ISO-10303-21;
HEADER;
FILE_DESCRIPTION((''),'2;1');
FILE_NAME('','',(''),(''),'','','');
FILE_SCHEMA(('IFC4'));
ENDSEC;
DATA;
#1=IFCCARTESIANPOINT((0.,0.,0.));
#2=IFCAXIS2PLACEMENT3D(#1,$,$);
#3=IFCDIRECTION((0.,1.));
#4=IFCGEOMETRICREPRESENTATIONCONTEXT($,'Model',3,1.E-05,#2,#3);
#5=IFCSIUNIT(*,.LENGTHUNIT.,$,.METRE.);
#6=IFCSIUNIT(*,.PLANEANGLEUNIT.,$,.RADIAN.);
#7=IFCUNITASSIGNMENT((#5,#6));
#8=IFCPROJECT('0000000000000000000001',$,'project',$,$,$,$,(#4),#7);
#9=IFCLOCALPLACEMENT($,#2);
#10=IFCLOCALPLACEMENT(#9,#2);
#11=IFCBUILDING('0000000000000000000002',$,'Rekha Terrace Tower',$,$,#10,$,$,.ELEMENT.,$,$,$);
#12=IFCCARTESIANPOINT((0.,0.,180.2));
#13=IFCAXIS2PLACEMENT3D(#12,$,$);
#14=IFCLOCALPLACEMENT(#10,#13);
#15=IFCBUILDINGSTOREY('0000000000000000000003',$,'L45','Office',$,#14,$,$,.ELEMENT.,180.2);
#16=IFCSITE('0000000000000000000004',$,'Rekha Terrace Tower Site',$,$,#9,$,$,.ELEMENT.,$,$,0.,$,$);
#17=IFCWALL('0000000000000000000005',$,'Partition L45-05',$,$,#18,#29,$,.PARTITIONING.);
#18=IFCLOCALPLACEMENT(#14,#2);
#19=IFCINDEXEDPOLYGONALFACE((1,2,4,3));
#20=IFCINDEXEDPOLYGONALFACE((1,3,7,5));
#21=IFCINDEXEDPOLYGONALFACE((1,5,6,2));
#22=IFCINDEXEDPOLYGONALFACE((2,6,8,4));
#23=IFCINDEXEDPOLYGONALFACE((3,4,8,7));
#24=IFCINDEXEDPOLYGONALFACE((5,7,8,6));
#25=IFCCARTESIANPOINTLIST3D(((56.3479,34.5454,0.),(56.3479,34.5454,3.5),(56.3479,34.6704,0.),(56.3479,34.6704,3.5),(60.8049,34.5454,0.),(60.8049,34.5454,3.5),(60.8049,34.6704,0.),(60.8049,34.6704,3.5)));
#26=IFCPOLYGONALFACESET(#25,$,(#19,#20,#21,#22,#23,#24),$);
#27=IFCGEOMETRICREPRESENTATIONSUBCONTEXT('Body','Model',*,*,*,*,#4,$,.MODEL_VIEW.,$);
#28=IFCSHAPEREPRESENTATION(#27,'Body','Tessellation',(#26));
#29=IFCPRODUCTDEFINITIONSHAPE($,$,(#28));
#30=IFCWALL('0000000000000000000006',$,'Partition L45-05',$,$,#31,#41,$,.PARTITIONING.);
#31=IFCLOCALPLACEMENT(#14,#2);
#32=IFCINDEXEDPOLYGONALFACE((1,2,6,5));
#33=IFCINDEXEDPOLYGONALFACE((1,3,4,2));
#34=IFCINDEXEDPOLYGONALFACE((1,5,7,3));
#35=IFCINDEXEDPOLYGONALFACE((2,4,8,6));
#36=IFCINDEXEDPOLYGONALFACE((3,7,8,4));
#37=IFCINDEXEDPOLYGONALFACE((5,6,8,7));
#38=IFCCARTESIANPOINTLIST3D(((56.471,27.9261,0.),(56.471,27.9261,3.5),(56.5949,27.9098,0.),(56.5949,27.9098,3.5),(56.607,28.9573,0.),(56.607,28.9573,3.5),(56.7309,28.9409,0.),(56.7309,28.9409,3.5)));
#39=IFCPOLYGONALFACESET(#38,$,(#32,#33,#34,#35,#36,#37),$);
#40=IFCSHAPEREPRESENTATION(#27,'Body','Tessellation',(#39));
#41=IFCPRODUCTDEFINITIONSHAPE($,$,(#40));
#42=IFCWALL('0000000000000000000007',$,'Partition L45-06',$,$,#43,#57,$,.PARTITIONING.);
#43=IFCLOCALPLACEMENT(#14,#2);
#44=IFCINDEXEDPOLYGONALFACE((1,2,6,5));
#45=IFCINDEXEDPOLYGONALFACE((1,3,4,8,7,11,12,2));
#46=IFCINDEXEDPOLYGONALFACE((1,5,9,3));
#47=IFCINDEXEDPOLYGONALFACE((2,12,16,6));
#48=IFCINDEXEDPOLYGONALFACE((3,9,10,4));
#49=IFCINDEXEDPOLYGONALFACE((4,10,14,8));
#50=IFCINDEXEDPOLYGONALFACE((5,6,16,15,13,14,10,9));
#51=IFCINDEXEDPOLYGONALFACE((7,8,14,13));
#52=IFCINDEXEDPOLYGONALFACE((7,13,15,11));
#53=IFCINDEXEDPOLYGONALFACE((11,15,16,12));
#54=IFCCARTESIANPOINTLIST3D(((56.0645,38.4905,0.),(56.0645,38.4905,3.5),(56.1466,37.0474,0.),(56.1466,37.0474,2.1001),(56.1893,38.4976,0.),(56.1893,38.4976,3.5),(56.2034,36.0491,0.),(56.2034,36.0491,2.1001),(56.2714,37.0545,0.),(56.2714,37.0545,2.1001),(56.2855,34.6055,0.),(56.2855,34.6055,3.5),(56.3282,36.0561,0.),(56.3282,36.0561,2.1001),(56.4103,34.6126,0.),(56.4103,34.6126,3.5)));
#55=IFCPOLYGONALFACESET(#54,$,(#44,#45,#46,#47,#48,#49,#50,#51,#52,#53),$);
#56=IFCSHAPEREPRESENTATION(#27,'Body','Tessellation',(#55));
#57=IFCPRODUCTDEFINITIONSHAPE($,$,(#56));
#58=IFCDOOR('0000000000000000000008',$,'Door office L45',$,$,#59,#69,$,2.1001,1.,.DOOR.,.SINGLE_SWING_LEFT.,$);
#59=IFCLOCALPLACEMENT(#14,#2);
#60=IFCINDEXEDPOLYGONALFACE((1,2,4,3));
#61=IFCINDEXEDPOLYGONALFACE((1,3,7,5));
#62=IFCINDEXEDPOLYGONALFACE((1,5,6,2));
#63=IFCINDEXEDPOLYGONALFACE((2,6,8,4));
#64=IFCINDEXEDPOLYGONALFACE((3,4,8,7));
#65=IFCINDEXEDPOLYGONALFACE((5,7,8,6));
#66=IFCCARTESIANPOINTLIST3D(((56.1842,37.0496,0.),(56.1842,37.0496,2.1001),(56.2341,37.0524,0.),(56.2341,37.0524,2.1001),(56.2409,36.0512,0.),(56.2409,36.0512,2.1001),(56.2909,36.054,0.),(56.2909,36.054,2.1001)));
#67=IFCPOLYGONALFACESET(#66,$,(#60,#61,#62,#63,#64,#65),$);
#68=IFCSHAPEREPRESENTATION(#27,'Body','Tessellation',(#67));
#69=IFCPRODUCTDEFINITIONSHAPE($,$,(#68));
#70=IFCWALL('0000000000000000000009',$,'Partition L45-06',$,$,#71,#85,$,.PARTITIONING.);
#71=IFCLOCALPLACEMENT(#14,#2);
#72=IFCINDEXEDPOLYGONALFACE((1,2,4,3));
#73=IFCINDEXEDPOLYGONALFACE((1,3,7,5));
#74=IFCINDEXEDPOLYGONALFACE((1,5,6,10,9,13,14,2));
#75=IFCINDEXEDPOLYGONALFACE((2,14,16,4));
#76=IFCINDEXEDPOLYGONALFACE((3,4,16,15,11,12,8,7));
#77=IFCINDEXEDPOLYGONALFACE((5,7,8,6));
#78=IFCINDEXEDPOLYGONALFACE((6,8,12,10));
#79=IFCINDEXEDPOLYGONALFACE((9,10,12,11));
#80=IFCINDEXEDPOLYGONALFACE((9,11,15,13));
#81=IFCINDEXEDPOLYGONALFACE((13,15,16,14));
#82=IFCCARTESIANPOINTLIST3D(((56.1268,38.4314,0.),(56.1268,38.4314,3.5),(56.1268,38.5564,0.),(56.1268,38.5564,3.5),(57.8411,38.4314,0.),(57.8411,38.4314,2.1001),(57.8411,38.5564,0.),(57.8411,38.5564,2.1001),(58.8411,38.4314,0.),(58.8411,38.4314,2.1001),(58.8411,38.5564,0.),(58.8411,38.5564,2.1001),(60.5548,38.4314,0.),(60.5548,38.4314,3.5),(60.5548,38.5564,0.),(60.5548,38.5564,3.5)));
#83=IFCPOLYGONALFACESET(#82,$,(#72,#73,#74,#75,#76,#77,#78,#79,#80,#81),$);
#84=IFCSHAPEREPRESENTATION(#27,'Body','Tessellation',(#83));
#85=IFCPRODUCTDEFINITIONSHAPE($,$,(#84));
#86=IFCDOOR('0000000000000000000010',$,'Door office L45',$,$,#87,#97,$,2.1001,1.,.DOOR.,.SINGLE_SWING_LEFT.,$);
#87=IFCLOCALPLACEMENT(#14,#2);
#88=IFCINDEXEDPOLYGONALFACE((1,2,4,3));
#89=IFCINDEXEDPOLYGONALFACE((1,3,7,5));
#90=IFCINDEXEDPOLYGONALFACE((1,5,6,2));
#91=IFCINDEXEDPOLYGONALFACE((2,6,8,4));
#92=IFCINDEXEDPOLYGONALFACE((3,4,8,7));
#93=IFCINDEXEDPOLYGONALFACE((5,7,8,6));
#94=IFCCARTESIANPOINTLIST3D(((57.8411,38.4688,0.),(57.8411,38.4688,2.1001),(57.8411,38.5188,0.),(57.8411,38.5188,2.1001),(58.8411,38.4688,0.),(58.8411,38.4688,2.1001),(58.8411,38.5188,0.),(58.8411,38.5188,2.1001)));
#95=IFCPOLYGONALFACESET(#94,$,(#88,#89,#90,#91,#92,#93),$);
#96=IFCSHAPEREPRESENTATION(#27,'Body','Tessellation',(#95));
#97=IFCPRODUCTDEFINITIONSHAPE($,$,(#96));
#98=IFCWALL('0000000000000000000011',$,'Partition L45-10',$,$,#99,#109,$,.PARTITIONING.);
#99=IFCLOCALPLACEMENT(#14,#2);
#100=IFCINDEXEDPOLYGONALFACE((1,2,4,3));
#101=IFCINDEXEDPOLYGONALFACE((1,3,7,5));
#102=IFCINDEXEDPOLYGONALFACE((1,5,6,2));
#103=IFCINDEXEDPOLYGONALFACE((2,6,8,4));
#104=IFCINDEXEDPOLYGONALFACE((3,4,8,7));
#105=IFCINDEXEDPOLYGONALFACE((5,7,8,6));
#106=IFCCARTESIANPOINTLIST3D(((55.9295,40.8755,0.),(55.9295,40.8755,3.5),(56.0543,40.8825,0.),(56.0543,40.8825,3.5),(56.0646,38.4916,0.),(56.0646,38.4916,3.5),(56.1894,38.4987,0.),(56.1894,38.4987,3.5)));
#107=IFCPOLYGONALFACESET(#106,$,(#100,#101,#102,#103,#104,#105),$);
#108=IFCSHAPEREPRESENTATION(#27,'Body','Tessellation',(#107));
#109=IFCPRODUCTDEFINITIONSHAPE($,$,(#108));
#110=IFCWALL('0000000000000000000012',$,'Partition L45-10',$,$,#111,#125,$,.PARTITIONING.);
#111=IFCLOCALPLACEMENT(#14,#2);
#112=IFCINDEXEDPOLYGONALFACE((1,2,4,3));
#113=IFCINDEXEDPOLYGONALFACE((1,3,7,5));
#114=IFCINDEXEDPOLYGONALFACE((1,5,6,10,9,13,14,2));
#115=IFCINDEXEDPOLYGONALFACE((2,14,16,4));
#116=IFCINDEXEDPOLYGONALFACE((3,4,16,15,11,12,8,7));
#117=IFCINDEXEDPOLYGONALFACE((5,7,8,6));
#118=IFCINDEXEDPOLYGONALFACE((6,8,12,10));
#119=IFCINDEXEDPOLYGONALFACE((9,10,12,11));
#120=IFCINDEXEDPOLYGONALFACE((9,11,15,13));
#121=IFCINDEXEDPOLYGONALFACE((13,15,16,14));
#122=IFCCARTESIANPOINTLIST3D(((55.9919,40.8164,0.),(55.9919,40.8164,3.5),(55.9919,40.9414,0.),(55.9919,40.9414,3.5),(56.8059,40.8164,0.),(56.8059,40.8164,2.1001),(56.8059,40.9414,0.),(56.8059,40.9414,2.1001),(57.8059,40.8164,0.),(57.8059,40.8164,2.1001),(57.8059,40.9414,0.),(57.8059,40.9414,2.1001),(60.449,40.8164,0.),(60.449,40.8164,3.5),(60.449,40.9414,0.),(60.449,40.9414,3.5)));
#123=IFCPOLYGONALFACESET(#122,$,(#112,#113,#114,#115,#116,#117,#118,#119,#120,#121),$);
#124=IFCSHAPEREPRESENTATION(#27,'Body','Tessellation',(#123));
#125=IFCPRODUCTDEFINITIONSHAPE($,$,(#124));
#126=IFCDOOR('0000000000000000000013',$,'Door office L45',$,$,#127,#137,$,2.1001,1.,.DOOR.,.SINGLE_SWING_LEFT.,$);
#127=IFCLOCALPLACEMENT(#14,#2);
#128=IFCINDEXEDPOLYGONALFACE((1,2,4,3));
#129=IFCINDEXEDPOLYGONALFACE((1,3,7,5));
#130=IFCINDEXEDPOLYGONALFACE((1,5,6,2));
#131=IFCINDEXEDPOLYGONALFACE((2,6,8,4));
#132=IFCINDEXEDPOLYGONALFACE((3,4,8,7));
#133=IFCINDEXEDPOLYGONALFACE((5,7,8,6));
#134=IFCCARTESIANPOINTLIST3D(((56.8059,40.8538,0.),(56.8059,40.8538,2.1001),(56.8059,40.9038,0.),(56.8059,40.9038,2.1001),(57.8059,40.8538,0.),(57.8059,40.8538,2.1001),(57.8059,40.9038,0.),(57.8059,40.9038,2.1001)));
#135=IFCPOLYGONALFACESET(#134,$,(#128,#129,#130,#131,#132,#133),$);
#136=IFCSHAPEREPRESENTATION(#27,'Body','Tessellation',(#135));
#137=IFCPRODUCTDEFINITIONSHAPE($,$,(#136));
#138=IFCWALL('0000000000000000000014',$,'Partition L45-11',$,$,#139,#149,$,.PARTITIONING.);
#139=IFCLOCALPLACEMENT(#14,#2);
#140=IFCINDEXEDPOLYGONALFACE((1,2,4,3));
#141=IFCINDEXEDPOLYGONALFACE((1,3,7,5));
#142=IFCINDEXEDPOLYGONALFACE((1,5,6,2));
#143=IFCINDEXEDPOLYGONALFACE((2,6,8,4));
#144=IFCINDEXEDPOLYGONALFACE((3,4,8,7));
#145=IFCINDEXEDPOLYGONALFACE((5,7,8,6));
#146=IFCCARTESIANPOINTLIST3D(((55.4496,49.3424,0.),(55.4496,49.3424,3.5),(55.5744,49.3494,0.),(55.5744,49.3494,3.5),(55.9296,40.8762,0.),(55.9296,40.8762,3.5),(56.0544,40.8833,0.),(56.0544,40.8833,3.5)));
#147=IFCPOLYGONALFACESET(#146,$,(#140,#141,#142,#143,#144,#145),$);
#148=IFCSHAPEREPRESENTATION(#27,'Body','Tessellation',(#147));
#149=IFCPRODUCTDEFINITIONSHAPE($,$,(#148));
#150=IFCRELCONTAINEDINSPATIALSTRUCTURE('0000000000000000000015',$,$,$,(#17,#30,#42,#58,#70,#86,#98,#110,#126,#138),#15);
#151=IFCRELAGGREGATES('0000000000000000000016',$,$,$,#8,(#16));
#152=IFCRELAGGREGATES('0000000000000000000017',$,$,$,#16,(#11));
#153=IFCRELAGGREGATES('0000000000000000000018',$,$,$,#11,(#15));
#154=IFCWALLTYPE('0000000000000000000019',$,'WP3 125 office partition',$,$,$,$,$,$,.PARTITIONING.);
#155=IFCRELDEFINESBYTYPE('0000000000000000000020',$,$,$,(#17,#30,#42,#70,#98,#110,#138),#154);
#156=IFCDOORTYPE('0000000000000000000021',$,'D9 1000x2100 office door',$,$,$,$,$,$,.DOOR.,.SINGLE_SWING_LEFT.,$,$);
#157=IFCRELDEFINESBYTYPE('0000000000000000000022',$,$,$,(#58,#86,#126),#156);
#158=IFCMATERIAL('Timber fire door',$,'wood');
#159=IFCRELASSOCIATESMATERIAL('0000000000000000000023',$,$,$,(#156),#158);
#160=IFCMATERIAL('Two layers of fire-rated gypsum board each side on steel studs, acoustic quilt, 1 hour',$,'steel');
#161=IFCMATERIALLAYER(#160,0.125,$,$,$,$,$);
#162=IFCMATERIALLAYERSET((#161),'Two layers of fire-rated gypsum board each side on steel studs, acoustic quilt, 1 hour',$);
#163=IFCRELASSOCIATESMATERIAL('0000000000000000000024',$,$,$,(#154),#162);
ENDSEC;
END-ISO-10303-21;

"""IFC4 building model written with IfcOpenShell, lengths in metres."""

from ifc_helpers import new_model, si_unit, direction, frame, frame_2d, origin, place, context, subcontext, project, spatial, rectangle, extrude, material, layer, layer_set, type_object, element, fill, save


model = new_model("IFC4")

# Units and contexts
model_context = context("Model", 3, precision=1e-05, world=origin(), true_north=direction((0.0, 1.0)))
body_context = subcontext(model_context, "Body", "Model", "MODEL_VIEW")
ifc_project = project(units=[si_unit("LENGTHUNIT", "METRE"), si_unit("PLANEANGLEUNIT", "RADIAN")], contexts=[model_context])

# Site, building, storey
site_placement = place(None, origin())
site = spatial("IfcSite", under=ifc_project, at=site_placement, Name="Rekha Terrace Tower Site", CompositionType="ELEMENT", RefElevation=0.0)
building_placement = place(site_placement, origin())
building = spatial("IfcBuilding", under=site, at=building_placement, Name="Rekha Terrace Tower", CompositionType="ELEMENT")
storey_placement = place(building_placement, frame((0.0, 0.0, 180.2)))
storey = spatial("IfcBuildingStorey", under=building, at=storey_placement, Name="L45", Description="Office", CompositionType="ELEMENT", Elevation=180.2)

# Shared definitions
ifc_material_1 = material(Name="Timber fire door", Category="wood")
door_type = type_object("IfcDoorType", Name="D9 1000x2100 office door", OperationType="SINGLE_SWING_LEFT", PredefinedType="DOOR", material=ifc_material_1)

# Shared definitions
ifc_material_2 = material(Name="Two layers of fire-rated gypsum board each side on steel studs, acoustic quilt, 1 hour", Category="steel")
ifc_layer_1 = layer(ifc_material_2, 0.125)
ifc_layer_set_1 = layer_set([ifc_layer_1], Name="Two layers of fire-rated gypsum board each side on steel studs, acoustic quilt, 1 hour")
wall_type_1 = type_object("IfcWallType", Name="WP3 125 office partition", PredefinedType="PARTITIONING", material=ifc_layer_set_1)

# Walls
wall_1_placement = place(storey_placement, frame((56.3479, 34.6079, 0.0), z_axis=(0.0, 0.0, 1.0), x_axis=(1.0, 0.0, 0.0)))
element("IfcWall", 1, at=wall_1_placement, inside=storey, type_object=wall_type_1, Name="Partition L45-05", PredefinedType="PARTITIONING", context=body_context, shape_type="SweptSolid", body=[
    extrude(rectangle(XDim=4.457, YDim=0.125, at=frame_2d((2.2285, 0.0))), origin(), (0.0, 0.0, 1.0), 3.5),
])
wall_2_placement = place(storey_placement, frame((56.533, 27.918, 0.0), z_axis=(0.0, 0.0, 1.0), x_axis=(0.130764, 0.991413, 0.0)))
element("IfcWall", 2, at=wall_2_placement, inside=storey, type_object=wall_type_1, Name="Partition L45-05", PredefinedType="PARTITIONING", context=body_context, shape_type="SweptSolid", body=[
    extrude(rectangle(XDim=1.04, YDim=0.125, at=frame_2d((0.52, 0.0))), origin(), (0.0, 0.0, 1.0), 3.5),
])

# Walls, openings, doors
wall_3_placement = place(storey_placement, frame((56.3479, 34.6089, 0.0), z_axis=(0.0, 0.0, 1.0), x_axis=(-0.05678, 0.998387, 0.0)))
wall_3 = element("IfcWall", 3, at=wall_3_placement, inside=storey, type_object=wall_type_1, Name="Partition L45-06", PredefinedType="PARTITIONING", context=body_context, shape_type="SweptSolid", body=[
    extrude(rectangle(XDim=3.8914, YDim=0.125, at=frame_2d((1.9458, 0.0))), origin(), (0.0, 0.0, 1.0), 3.5),
])
opening_1_placement = place(wall_3_placement, frame((1.446, 0.0, 0.0)))
opening_1 = element("IfcOpeningElement", 4, at=opening_1_placement, cuts=wall_3, PredefinedType="OPENING", context=body_context, shape_type="SweptSolid", body=[
    extrude(rectangle(XDim=1.0, YDim=2.1001, at=frame_2d((0.5, 1.05))), frame((0.0, 0.0725, 0.0), z_axis=(0.0, -1.0, 0.0), x_axis=(1.0, 0.0, 0.0)), (0.0, 0.0, 1.0), 0.145),
])
door_1_placement = place(opening_1_placement, origin())
door_1 = element("IfcDoor", 5, at=door_1_placement, inside=storey, type_object=door_type, Name="Door office L45", OperationType="SINGLE_SWING_LEFT", OverallHeight=2.1001, OverallWidth=1.0, PredefinedType="DOOR", context=body_context, shape_type="SweptSolid", body=[
    extrude(rectangle(XDim=1.0, YDim=2.1001, at=frame_2d((0.5, 1.05))), frame((0.0, 0.0249, 0.0), z_axis=(0.0, -1.0, 0.0), x_axis=(1.0, 0.0, 0.0)), (0.0, 0.0, 1.0), 0.05),
])
fill(opening_1, door_1)
wall_4_placement = place(storey_placement, frame((56.127, 38.4939, 0.0), z_axis=(0.0, 0.0, 1.0), x_axis=(1.0, 0.0, 0.0)))
wall_4 = element("IfcWall", 6, at=wall_4_placement, inside=storey, type_object=wall_type_1, Name="Partition L45-06", PredefinedType="PARTITIONING", context=body_context, shape_type="SweptSolid", body=[
    extrude(rectangle(XDim=4.428, YDim=0.125, at=frame_2d((2.2139, 0.0))), origin(), (0.0, 0.0, 1.0), 3.5),
])
opening_2_placement = place(wall_4_placement, frame((1.7141, 0.0, 0.0)))
opening_2 = element("IfcOpeningElement", 7, at=opening_2_placement, cuts=wall_4, PredefinedType="OPENING", context=body_context, shape_type="SweptSolid", body=[
    extrude(rectangle(XDim=1.0, YDim=2.1001, at=frame_2d((0.5, 1.05))), frame((0.0, 0.0725, 0.0), z_axis=(0.0, -1.0, 0.0), x_axis=(1.0, 0.0, 0.0)), (0.0, 0.0, 1.0), 0.145),
])
door_2_placement = place(opening_2_placement, origin())
door_2 = element("IfcDoor", 8, at=door_2_placement, inside=storey, type_object=door_type, Name="Door office L45", OperationType="SINGLE_SWING_LEFT", OverallHeight=2.1001, OverallWidth=1.0, PredefinedType="DOOR", context=body_context, shape_type="SweptSolid", body=[
    extrude(rectangle(XDim=1.0, YDim=2.1001, at=frame_2d((0.5, 1.05))), frame((0.0, 0.0249, 0.0), z_axis=(0.0, -1.0, 0.0), x_axis=(1.0, 0.0, 0.0)), (0.0, 0.0, 1.0), 0.05),
])
fill(opening_2, door_2)

# Wall
wall_5_placement = place(storey_placement, frame((56.127, 38.4951, 0.0), z_axis=(0.0, 0.0, 1.0), x_axis=(-0.056546, 0.9984, 0.0)))
element("IfcWall", 9, at=wall_5_placement, inside=storey, type_object=wall_type_1, Name="Partition L45-10", PredefinedType="PARTITIONING", context=body_context, shape_type="SweptSolid", body=[
    extrude(rectangle(XDim=2.3877, YDim=0.125, at=frame_2d((1.1938, 0.0))), origin(), (0.0, 0.0, 1.0), 3.5),
])

# Wall, opening, door
wall_6_placement = place(storey_placement, frame((55.9919, 40.8789, 0.0), z_axis=(0.0, 0.0, 1.0), x_axis=(1.0, 0.0, 0.0)))
wall_6 = element("IfcWall", 10, at=wall_6_placement, inside=storey, type_object=wall_type_1, Name="Partition L45-10", PredefinedType="PARTITIONING", context=body_context, shape_type="SweptSolid", body=[
    extrude(rectangle(XDim=4.457, YDim=0.125, at=frame_2d((2.2285, 0.0))), origin(), (0.0, 0.0, 1.0), 3.5),
])
opening_3_placement = place(wall_6_placement, frame((0.814, 0.0, 0.0)))
opening_3 = element("IfcOpeningElement", 11, at=opening_3_placement, cuts=wall_6, PredefinedType="OPENING", context=body_context, shape_type="SweptSolid", body=[
    extrude(rectangle(XDim=1.0, YDim=2.1001, at=frame_2d((0.5, 1.05))), frame((0.0, 0.0725, 0.0), z_axis=(0.0, -1.0, 0.0), x_axis=(1.0, 0.0, 0.0)), (0.0, 0.0, 1.0), 0.145),
])
door_3_placement = place(opening_3_placement, origin())
door_3 = element("IfcDoor", 12, at=door_3_placement, inside=storey, type_object=door_type, Name="Door office L45", OperationType="SINGLE_SWING_LEFT", OverallHeight=2.1001, OverallWidth=1.0, PredefinedType="DOOR", context=body_context, shape_type="SweptSolid", body=[
    extrude(rectangle(XDim=1.0, YDim=2.1001, at=frame_2d((0.5, 1.05))), frame((0.0, 0.0249, 0.0), z_axis=(0.0, -1.0, 0.0), x_axis=(1.0, 0.0, 0.0)), (0.0, 0.0, 1.0), 0.05),
])
fill(opening_3, door_3)

# Wall
wall_7_placement = place(storey_placement, frame((55.9919, 40.8799, 0.0), z_axis=(0.0, 0.0, 1.0), x_axis=(-0.056604, 0.998397, 0.0)))
element("IfcWall", 13, at=wall_7_placement, inside=storey, type_object=wall_type_1, Name="Partition L45-11", PredefinedType="PARTITIONING", context=body_context, shape_type="SweptSolid", body=[
    extrude(rectangle(XDim=8.4797, YDim=0.125, at=frame_2d((4.2397, 0.0))), origin(), (0.0, 0.0, 1.0), 3.5),
])

save(model, "model.ifc")
